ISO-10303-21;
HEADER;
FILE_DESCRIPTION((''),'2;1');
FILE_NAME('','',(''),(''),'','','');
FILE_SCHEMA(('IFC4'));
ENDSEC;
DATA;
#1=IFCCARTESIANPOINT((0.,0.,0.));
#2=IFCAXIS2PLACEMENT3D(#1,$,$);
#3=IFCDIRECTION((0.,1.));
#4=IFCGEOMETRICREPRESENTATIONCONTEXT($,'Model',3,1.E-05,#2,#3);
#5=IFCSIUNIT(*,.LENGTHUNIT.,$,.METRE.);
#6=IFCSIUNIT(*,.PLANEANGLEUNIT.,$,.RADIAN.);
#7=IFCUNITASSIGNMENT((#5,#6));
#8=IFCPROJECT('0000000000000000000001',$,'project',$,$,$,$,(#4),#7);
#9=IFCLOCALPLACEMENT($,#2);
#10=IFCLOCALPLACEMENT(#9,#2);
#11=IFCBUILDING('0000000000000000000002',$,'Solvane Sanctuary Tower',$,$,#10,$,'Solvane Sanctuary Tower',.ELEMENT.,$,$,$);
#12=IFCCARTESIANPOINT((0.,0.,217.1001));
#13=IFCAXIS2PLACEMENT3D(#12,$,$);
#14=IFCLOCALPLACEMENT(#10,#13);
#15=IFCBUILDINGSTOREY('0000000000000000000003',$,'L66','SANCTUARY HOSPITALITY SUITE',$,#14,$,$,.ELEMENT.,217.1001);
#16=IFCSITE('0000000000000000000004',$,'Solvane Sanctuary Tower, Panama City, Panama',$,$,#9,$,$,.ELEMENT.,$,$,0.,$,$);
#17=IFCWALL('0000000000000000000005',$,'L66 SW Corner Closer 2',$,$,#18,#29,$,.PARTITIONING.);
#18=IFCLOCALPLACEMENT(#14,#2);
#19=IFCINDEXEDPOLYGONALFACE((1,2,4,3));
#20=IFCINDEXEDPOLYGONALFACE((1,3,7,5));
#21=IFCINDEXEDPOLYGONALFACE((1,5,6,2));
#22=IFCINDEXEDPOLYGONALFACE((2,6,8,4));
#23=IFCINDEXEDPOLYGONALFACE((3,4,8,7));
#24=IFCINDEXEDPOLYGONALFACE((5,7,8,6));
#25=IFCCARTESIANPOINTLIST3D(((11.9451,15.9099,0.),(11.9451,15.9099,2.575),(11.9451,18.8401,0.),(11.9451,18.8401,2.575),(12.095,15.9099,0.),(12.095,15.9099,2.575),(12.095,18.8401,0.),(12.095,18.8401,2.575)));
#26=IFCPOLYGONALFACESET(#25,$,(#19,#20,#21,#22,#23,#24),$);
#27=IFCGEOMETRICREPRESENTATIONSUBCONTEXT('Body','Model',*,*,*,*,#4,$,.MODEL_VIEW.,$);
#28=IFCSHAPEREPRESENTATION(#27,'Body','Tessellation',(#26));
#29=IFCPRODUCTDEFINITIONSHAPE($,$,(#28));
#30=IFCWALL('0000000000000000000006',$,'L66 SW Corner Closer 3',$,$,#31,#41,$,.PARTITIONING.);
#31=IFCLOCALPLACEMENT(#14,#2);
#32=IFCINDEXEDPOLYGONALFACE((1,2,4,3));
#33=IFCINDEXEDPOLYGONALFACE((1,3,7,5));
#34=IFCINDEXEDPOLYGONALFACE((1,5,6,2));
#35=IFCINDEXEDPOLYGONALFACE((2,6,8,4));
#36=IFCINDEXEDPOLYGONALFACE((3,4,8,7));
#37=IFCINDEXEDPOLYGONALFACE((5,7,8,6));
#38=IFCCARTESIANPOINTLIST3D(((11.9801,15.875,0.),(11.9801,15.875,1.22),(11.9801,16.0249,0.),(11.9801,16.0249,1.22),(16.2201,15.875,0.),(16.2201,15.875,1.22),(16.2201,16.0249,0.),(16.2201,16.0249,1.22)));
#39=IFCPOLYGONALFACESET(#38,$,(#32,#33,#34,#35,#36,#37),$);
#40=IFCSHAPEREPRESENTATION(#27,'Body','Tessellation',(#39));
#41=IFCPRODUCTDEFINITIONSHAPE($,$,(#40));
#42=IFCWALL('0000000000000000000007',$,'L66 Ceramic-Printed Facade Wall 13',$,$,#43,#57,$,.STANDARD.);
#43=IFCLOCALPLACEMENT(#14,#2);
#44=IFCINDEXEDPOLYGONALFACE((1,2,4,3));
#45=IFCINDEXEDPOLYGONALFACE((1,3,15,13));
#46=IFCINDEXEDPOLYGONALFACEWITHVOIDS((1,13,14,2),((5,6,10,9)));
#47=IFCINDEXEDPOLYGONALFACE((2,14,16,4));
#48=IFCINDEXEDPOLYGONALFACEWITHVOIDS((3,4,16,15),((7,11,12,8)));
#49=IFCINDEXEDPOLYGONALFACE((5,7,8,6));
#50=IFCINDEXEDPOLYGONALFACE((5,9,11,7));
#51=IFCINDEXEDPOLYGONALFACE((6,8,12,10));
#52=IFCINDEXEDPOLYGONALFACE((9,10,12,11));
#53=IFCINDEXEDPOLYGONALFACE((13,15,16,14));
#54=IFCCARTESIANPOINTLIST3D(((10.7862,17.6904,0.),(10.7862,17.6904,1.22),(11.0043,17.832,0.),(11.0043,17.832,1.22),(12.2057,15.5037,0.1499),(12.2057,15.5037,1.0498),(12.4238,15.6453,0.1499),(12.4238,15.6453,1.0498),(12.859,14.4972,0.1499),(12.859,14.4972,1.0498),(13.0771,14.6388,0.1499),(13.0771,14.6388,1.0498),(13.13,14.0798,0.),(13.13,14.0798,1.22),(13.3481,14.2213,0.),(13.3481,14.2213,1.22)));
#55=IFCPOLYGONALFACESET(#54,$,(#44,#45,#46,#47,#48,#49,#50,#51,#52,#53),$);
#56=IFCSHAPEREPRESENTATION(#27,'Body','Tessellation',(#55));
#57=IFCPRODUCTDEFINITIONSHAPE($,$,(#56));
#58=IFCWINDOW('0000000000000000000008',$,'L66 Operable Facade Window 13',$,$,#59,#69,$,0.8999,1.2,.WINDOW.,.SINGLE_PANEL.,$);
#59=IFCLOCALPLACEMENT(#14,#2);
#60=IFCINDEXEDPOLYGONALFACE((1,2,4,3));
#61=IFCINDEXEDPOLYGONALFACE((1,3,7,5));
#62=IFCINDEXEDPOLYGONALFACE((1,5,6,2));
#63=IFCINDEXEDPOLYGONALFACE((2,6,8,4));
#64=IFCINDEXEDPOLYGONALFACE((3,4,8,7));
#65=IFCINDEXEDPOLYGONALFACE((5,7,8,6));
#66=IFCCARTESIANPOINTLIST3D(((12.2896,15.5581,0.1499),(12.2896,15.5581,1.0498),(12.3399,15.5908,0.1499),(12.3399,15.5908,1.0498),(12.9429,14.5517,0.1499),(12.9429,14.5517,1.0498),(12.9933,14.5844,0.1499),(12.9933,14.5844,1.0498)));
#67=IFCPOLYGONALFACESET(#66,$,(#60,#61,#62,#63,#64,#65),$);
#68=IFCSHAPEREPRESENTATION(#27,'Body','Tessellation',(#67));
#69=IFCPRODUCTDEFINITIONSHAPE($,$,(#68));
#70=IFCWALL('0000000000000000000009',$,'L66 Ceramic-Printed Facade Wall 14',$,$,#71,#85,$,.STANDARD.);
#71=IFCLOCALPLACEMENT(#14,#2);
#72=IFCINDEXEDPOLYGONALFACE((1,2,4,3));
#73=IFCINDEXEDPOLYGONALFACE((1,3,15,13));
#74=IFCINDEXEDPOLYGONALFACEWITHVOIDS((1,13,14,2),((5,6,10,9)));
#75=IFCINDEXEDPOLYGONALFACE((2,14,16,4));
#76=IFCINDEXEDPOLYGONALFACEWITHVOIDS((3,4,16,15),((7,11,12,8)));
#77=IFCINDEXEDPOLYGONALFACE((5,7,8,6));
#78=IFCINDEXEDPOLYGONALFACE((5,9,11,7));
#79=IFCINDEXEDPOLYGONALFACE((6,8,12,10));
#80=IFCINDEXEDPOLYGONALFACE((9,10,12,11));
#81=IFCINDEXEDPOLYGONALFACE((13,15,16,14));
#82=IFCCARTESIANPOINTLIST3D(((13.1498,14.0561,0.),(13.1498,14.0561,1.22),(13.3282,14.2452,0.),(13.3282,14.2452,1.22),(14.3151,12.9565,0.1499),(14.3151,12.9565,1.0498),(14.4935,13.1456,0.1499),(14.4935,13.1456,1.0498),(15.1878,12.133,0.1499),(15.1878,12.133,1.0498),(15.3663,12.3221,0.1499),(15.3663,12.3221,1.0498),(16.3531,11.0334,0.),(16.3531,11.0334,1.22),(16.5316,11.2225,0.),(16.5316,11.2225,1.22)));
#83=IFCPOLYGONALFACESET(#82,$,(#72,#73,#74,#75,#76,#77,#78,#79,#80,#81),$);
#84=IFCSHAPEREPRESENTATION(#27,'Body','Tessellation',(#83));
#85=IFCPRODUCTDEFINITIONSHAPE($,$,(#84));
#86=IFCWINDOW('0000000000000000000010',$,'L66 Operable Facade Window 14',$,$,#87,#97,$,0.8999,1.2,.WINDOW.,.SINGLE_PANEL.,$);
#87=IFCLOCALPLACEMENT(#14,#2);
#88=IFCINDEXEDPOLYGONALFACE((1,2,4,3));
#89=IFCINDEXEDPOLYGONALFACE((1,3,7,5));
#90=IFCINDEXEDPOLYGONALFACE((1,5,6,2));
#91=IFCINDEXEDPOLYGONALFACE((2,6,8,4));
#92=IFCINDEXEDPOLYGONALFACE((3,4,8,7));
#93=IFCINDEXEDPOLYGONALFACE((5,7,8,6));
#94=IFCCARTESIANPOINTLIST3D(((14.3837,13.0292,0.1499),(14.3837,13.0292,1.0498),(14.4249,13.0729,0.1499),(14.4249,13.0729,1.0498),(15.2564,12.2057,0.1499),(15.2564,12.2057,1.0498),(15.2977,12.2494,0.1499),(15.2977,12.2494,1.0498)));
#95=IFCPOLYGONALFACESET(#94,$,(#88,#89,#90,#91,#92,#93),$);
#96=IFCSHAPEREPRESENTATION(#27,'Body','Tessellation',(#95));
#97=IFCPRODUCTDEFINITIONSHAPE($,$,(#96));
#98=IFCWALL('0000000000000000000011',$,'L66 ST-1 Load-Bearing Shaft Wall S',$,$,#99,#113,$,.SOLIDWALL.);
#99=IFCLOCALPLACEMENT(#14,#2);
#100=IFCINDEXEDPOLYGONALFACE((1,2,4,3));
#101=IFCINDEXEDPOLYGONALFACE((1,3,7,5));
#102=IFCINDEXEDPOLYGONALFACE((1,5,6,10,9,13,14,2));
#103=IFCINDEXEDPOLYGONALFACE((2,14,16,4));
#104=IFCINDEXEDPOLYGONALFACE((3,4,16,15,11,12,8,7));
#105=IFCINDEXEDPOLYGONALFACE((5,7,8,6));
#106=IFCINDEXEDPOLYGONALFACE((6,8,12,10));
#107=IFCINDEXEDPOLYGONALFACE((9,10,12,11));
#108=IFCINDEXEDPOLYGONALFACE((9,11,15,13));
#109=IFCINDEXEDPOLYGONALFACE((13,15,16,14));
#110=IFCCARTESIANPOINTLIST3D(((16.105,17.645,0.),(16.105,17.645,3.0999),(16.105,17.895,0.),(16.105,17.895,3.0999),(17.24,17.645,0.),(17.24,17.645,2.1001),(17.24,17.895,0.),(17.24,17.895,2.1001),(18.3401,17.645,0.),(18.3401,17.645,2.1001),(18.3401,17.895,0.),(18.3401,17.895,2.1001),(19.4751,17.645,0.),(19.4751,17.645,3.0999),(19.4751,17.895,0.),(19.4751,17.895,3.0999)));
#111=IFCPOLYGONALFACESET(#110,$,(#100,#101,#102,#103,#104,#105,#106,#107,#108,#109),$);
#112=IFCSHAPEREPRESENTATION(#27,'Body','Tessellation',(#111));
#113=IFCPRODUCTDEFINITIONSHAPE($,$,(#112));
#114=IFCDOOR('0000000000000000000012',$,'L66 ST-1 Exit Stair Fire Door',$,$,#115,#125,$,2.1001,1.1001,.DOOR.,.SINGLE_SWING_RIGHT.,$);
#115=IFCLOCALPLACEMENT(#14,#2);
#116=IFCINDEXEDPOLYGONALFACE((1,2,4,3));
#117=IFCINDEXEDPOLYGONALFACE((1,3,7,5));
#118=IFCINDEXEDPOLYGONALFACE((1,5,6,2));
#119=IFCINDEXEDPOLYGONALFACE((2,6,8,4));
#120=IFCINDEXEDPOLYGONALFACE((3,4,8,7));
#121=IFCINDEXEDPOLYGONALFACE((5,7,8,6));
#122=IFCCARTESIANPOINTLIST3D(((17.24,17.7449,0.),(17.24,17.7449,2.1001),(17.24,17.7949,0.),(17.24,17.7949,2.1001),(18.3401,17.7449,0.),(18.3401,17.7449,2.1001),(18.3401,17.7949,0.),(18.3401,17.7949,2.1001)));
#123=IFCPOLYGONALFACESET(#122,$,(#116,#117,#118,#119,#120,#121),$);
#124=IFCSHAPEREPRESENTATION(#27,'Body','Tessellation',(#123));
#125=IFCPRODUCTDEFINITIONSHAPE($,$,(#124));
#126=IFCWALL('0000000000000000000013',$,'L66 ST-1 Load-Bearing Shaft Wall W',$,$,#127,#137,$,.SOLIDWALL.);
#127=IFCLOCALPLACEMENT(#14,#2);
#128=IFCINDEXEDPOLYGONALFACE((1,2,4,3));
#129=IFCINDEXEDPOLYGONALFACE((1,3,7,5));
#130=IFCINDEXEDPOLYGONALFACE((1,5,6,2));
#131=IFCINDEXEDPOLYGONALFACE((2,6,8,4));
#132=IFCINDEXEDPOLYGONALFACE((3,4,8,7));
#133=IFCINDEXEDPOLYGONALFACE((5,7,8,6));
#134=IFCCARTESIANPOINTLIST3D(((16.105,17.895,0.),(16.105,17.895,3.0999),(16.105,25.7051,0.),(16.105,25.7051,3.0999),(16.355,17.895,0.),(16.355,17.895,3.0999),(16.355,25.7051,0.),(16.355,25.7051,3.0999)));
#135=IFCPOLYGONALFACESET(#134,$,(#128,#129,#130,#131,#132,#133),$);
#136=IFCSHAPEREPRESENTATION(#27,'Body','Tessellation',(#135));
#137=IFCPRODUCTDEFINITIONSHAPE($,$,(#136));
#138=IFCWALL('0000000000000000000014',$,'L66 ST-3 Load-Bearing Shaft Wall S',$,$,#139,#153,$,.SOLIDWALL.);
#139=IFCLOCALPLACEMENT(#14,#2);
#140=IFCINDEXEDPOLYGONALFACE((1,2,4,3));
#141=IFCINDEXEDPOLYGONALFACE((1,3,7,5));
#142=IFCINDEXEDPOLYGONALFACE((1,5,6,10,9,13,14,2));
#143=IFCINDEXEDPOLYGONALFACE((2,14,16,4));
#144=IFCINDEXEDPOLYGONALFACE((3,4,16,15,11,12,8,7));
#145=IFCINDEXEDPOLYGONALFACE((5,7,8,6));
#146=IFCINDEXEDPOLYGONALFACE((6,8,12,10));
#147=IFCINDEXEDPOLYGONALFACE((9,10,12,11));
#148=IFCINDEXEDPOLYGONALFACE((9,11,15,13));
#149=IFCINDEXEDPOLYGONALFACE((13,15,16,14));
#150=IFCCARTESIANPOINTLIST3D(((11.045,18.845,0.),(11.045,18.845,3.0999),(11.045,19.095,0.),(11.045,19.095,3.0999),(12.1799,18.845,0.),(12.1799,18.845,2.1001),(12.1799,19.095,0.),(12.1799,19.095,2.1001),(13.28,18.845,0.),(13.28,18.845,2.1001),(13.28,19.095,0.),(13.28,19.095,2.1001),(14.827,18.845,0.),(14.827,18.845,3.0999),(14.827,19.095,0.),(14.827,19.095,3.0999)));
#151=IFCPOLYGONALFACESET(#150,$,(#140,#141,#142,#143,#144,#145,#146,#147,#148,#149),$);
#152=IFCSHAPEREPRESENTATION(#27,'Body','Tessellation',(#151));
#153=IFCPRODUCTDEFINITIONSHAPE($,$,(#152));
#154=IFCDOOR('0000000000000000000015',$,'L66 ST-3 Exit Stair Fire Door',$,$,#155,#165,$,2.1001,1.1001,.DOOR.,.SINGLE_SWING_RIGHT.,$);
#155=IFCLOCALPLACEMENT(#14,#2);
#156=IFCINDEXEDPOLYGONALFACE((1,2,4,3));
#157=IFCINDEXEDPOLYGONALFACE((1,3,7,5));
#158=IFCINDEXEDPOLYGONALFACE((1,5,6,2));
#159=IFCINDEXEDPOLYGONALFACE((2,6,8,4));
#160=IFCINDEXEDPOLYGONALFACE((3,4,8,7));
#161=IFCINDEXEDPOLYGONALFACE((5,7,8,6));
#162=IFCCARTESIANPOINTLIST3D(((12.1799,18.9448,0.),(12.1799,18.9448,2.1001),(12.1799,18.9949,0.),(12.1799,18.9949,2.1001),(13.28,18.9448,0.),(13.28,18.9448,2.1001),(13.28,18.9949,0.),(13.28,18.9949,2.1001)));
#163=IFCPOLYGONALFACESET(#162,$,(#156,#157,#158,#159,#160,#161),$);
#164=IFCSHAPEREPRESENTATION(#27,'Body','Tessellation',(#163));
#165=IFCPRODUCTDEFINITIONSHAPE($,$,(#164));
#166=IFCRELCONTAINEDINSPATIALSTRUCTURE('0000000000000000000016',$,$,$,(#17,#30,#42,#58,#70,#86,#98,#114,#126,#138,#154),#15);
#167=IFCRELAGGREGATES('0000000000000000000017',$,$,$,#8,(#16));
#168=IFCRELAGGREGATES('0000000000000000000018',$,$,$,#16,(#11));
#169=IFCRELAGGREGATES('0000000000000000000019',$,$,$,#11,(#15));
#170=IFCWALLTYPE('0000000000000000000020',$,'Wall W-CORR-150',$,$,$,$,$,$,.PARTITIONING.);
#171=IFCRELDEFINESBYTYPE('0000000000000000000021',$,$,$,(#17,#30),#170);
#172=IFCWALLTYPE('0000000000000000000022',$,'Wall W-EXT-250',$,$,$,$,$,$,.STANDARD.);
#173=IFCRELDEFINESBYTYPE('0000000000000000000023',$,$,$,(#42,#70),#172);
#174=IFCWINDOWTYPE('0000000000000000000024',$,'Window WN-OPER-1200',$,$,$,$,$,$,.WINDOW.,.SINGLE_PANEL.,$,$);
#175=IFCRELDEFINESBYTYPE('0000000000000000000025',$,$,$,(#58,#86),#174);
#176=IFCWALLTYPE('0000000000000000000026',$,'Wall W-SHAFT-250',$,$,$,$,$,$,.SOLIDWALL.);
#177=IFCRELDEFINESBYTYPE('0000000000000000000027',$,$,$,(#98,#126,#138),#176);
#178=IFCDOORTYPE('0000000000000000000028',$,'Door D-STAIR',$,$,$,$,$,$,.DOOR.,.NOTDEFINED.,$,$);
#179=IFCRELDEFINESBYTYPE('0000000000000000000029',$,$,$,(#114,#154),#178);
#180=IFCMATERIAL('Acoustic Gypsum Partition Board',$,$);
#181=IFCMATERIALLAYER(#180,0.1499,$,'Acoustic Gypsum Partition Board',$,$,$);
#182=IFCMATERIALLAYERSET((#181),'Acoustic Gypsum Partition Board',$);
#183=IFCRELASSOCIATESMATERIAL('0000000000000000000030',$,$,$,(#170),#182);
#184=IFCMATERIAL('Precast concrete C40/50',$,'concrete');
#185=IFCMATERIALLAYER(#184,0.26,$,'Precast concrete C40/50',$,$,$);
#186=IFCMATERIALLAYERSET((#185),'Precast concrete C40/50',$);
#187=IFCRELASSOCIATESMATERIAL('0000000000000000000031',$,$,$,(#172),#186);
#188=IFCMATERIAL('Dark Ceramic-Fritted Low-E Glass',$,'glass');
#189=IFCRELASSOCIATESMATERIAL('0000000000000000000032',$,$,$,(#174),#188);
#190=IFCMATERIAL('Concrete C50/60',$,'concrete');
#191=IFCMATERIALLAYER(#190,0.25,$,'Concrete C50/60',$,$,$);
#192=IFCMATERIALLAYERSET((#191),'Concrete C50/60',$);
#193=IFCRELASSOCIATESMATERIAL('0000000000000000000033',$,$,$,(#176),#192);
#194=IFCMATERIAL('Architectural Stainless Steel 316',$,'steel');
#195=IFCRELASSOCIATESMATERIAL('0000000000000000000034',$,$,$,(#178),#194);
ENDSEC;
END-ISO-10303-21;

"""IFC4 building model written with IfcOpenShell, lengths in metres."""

from ifc_helpers import new_model, si_unit, direction, frame, frame_2d, origin, place, context, subcontext, project, spatial, rectangle, extrude, material, layer, layer_set, type_object, element, fill, save


model = new_model("IFC4")

# Units and contexts
model_context = context("Model", 3, precision=1e-05, world=origin(), true_north=direction((0.0, 1.0)))
body_context = subcontext(model_context, "Body", "Model", "MODEL_VIEW")
ifc_project = project(units=[si_unit("LENGTHUNIT", "METRE"), si_unit("PLANEANGLEUNIT", "RADIAN")], contexts=[model_context])

# Site, building, storey
site_placement = place(None, origin())
site = spatial("IfcSite", under=ifc_project, at=site_placement, Name="Solvane Sanctuary Tower, Panama City, Panama", CompositionType="ELEMENT", RefElevation=0.0)
building_placement = place(site_placement, origin())
building = spatial("IfcBuilding", under=site, at=building_placement, Name="Solvane Sanctuary Tower", LongName="Solvane Sanctuary Tower", CompositionType="ELEMENT")
storey_placement = place(building_placement, frame((0.0, 0.0, 217.1001)))
storey = spatial("IfcBuildingStorey", under=building, at=storey_placement, Name="L66", Description="SANCTUARY HOSPITALITY SUITE", CompositionType="ELEMENT", Elevation=217.1001)

# Walls
ifc_material_1 = material(Name="Concrete C50/60", Category="concrete")
ifc_material_2 = material(Name="Acoustic Gypsum Partition Board")
ifc_layer_1 = layer(ifc_material_2, 0.1499, Name="Acoustic Gypsum Partition Board")
ifc_layer_set_1 = layer_set([ifc_layer_1], Name="Acoustic Gypsum Partition Board")
wall_type_1 = type_object("IfcWallType", Name="Wall W-CORR-150", PredefinedType="PARTITIONING", material=ifc_layer_set_1)
wall_1_placement = place(storey_placement, frame((12.02, 15.9099, 0.0), z_axis=(0.0, 0.0, 1.0), x_axis=(0.0, 1.0, 0.0)))
element("IfcWall", 1, at=wall_1_placement, inside=storey, type_object=wall_type_1, Name="L66 SW Corner Closer 2", PredefinedType="PARTITIONING", context=body_context, shape_type="SweptSolid", body=[
    extrude(rectangle(XDim=2.9302, YDim=0.1499, at=frame_2d((1.4651, 0.0))), origin(), (0.0, 0.0, 1.0), 2.575),
])
wall_2_placement = place(storey_placement, frame((11.98, 15.95, 0.0), z_axis=(0.0, 0.0, 1.0), x_axis=(1.0, 0.0, 0.0)))
element("IfcWall", 2, at=wall_2_placement, inside=storey, type_object=wall_type_1, Name="L66 SW Corner Closer 3", PredefinedType="PARTITIONING", context=body_context, shape_type="SweptSolid", body=[
    extrude(rectangle(XDim=4.24, YDim=0.1499, at=frame_2d((2.1201, 0.0))), origin(), (0.0, 0.0, 1.0), 1.22),
])

# Walls, openings, windows
ifc_material_3 = material(Name="Precast concrete C40/50", Category="concrete")
ifc_layer_2 = layer(ifc_material_3, 0.26, Name="Precast concrete C40/50")
ifc_layer_set_2 = layer_set([ifc_layer_2], Name="Precast concrete C40/50")
wall_type_2 = type_object("IfcWallType", Name="Wall W-EXT-250", PredefinedType="STANDARD", material=ifc_layer_set_2)
wall_3_placement = place(storey_placement, frame((10.8953, 17.7612, 0.0), z_axis=(0.0, 0.0, 1.0), x_axis=(0.544476, -0.838776, 0.0)))
wall_3 = element("IfcWall", 3, at=wall_3_placement, inside=storey, type_object=wall_type_2, Name="L66 Ceramic-Printed Facade Wall 13", PredefinedType="STANDARD", context=body_context, shape_type="SweptSolid", body=[
    extrude(rectangle(XDim=4.3047, YDim=0.26, at=frame_2d((2.1523, 0.0))), origin(), (0.0, 0.0, 1.0), 1.22),
])
opening_1_placement = place(wall_3_placement, frame((2.6069, 0.0, 0.1499)))
opening_1 = element("IfcOpeningElement", 4, at=opening_1_placement, cuts=wall_3, PredefinedType="OPENING", context=body_context, shape_type="SweptSolid", body=[
    extrude(rectangle(XDim=1.2, YDim=0.8999, at=frame_2d((0.6001, 0.45))), frame((0.0, 0.1399, 0.0), z_axis=(0.0, -1.0, 0.0), x_axis=(1.0, 0.0, 0.0)), (0.0, 0.0, 1.0), 0.28),
])
ifc_material_4 = material(Name="Dark Ceramic-Fritted Low-E Glass", Category="glass")
window_type = type_object("IfcWindowType", Name="Window WN-OPER-1200", PartitioningType="SINGLE_PANEL", PredefinedType="WINDOW", material=ifc_material_4)
window_1_placement = place(opening_1_placement, origin())
window_1 = element("IfcWindow", 5, at=window_1_placement, inside=storey, type_object=window_type, Name="L66 Operable Facade Window 13", OverallHeight=0.8999, OverallWidth=1.2, PartitioningType="SINGLE_PANEL", PredefinedType="WINDOW", context=body_context, shape_type="SweptSolid", body=[
    extrude(rectangle(XDim=1.2, YDim=0.8999, at=frame_2d((0.6001, 0.45))), frame((0.0, 0.03, 0.0), z_axis=(0.0, -1.0, 0.0), x_axis=(1.0, 0.0, 0.0)), (0.0, 0.0, 1.0), 0.0601),
])
fill(opening_1, window_1)
wall_4_placement = place(storey_placement, frame((13.239, 14.1506, 0.0), z_axis=(0.0, 0.0, 1.0), x_axis=(0.727319, -0.6863, 0.0)))
wall_4 = element("IfcWall", 6, at=wall_4_placement, inside=storey, type_object=wall_type_2, Name="L66 Ceramic-Printed Facade Wall 14", PredefinedType="STANDARD", context=body_context, shape_type="SweptSolid", body=[
    extrude(rectangle(XDim=4.4043, YDim=0.26, at=frame_2d((2.2021, 0.0))), origin(), (0.0, 0.0, 1.0), 1.22),
])
opening_2_placement = place(wall_4_placement, frame((1.6021, 0.0, 0.1499)))
opening_2 = element("IfcOpeningElement", 7, at=opening_2_placement, cuts=wall_4, PredefinedType="OPENING", context=body_context, shape_type="SweptSolid", body=[
    extrude(rectangle(XDim=1.2, YDim=0.8999, at=frame_2d((0.6001, 0.45))), frame((0.0, 0.1399, 0.0), z_axis=(0.0, -1.0, 0.0), x_axis=(1.0, 0.0, 0.0)), (0.0, 0.0, 1.0), 0.28),
])
window_2_placement = place(opening_2_placement, origin())
window_2 = element("IfcWindow", 8, at=window_2_placement, inside=storey, type_object=window_type, Name="L66 Operable Facade Window 14", OverallHeight=0.8999, OverallWidth=1.2, PartitioningType="SINGLE_PANEL", PredefinedType="WINDOW", context=body_context, shape_type="SweptSolid", body=[
    extrude(rectangle(XDim=1.2, YDim=0.8999, at=frame_2d((0.6001, 0.45))), frame((0.0, 0.03, 0.0), z_axis=(0.0, -1.0, 0.0), x_axis=(1.0, 0.0, 0.0)), (0.0, 0.0, 1.0), 0.0601),
])
fill(opening_2, window_2)

# Wall, opening, door
ifc_layer_3 = layer(ifc_material_1, 0.25, Name="Concrete C50/60")
ifc_layer_set_3 = layer_set([ifc_layer_3], Name="Concrete C50/60")
wall_type_3 = type_object("IfcWallType", Name="Wall W-SHAFT-250", PredefinedType="SOLIDWALL", material=ifc_layer_set_3)
wall_5_placement = place(storey_placement, frame((16.105, 17.77, 0.0), z_axis=(0.0, 0.0, 1.0), x_axis=(1.0, 0.0, 0.0)))
wall_5 = element("IfcWall", 9, at=wall_5_placement, inside=storey, type_object=wall_type_3, Name="L66 ST-1 Load-Bearing Shaft Wall S", PredefinedType="SOLIDWALL", context=body_context, shape_type="SweptSolid", body=[
    extrude(rectangle(XDim=3.3701, YDim=0.25, at=frame_2d((1.6851, 0.0))), origin(), (0.0, 0.0, 1.0), 3.0999),
])
opening_3_placement = place(wall_5_placement, frame((1.135, 0.0, 0.0)))
opening_3 = element("IfcOpeningElement", 10, at=opening_3_placement, cuts=wall_5, PredefinedType="OPENING", context=body_context, shape_type="SweptSolid", body=[
    extrude(rectangle(XDim=1.1001, YDim=2.1001, at=frame_2d((0.55, 1.05))), frame((0.0, 0.135, 0.0), z_axis=(0.0, -1.0, 0.0), x_axis=(1.0, 0.0, 0.0)), (0.0, 0.0, 1.0), 0.27),
])
ifc_material_5 = material(Name="Architectural Stainless Steel 316", Category="steel")
door_type = type_object("IfcDoorType", Name="Door D-STAIR", OperationType="NOTDEFINED", PredefinedType="DOOR", material=ifc_material_5)
door_1_placement = place(opening_3_placement, origin())
door_1 = element("IfcDoor", 11, at=door_1_placement, inside=storey, type_object=door_type, Name="L66 ST-1 Exit Stair Fire Door", OperationType="SINGLE_SWING_RIGHT", OverallHeight=2.1001, OverallWidth=1.1001, PredefinedType="DOOR", context=body_context, shape_type="SweptSolid", body=[
    extrude(rectangle(XDim=1.1001, YDim=2.1001, at=frame_2d((0.55, 1.05))), frame((0.0, 0.0249, 0.0), z_axis=(0.0, -1.0, 0.0), x_axis=(1.0, 0.0, 0.0)), (0.0, 0.0, 1.0), 0.05),
])
fill(opening_3, door_1)

# Wall
wall_6_placement = place(storey_placement, frame((16.23, 17.895, 0.0), z_axis=(0.0, 0.0, 1.0), x_axis=(0.0, 1.0, 0.0)))
element("IfcWall", 12, at=wall_6_placement, inside=storey, type_object=wall_type_3, Name="L66 ST-1 Load-Bearing Shaft Wall W", PredefinedType="SOLIDWALL", context=body_context, shape_type="SweptSolid", body=[
    extrude(rectangle(XDim=7.8101, YDim=0.25, at=frame_2d((3.905, 0.0))), origin(), (0.0, 0.0, 1.0), 3.0999),
])

# Wall, opening, door
wall_7_placement = place(storey_placement, frame((11.0449, 18.97, 0.0), z_axis=(0.0, 0.0, 1.0), x_axis=(1.0, 0.0, 0.0)))
wall_7 = element("IfcWall", 13, at=wall_7_placement, inside=storey, type_object=wall_type_3, Name="L66 ST-3 Load-Bearing Shaft Wall S", PredefinedType="SOLIDWALL", context=body_context, shape_type="SweptSolid", body=[
    extrude(rectangle(XDim=3.782, YDim=0.25, at=frame_2d((1.8911, 0.0))), origin(), (0.0, 0.0, 1.0), 3.0999),
])
opening_4_placement = place(wall_7_placement, frame((1.135, 0.0, 0.0)))
opening_4 = element("IfcOpeningElement", 14, at=opening_4_placement, cuts=wall_7, PredefinedType="OPENING", context=body_context, shape_type="SweptSolid", body=[
    extrude(rectangle(XDim=1.1001, YDim=2.1001, at=frame_2d((0.55, 1.05))), frame((0.0, 0.135, 0.0), z_axis=(0.0, -1.0, 0.0), x_axis=(1.0, 0.0, 0.0)), (0.0, 0.0, 1.0), 0.27),
])
door_2_placement = place(opening_4_placement, origin())
door_2 = element("IfcDoor", 15, at=door_2_placement, inside=storey, type_object=door_type, Name="L66 ST-3 Exit Stair Fire Door", OperationType="SINGLE_SWING_RIGHT", OverallHeight=2.1001, OverallWidth=1.1001, PredefinedType="DOOR", context=body_context, shape_type="SweptSolid", body=[
    extrude(rectangle(XDim=1.1001, YDim=2.1001, at=frame_2d((0.55, 1.05))), frame((0.0, 0.0249, 0.0), z_axis=(0.0, -1.0, 0.0), x_axis=(1.0, 0.0, 0.0)), (0.0, 0.0, 1.0), 0.05),
])
fill(opening_4, door_2)

save(model, "model.ifc")
